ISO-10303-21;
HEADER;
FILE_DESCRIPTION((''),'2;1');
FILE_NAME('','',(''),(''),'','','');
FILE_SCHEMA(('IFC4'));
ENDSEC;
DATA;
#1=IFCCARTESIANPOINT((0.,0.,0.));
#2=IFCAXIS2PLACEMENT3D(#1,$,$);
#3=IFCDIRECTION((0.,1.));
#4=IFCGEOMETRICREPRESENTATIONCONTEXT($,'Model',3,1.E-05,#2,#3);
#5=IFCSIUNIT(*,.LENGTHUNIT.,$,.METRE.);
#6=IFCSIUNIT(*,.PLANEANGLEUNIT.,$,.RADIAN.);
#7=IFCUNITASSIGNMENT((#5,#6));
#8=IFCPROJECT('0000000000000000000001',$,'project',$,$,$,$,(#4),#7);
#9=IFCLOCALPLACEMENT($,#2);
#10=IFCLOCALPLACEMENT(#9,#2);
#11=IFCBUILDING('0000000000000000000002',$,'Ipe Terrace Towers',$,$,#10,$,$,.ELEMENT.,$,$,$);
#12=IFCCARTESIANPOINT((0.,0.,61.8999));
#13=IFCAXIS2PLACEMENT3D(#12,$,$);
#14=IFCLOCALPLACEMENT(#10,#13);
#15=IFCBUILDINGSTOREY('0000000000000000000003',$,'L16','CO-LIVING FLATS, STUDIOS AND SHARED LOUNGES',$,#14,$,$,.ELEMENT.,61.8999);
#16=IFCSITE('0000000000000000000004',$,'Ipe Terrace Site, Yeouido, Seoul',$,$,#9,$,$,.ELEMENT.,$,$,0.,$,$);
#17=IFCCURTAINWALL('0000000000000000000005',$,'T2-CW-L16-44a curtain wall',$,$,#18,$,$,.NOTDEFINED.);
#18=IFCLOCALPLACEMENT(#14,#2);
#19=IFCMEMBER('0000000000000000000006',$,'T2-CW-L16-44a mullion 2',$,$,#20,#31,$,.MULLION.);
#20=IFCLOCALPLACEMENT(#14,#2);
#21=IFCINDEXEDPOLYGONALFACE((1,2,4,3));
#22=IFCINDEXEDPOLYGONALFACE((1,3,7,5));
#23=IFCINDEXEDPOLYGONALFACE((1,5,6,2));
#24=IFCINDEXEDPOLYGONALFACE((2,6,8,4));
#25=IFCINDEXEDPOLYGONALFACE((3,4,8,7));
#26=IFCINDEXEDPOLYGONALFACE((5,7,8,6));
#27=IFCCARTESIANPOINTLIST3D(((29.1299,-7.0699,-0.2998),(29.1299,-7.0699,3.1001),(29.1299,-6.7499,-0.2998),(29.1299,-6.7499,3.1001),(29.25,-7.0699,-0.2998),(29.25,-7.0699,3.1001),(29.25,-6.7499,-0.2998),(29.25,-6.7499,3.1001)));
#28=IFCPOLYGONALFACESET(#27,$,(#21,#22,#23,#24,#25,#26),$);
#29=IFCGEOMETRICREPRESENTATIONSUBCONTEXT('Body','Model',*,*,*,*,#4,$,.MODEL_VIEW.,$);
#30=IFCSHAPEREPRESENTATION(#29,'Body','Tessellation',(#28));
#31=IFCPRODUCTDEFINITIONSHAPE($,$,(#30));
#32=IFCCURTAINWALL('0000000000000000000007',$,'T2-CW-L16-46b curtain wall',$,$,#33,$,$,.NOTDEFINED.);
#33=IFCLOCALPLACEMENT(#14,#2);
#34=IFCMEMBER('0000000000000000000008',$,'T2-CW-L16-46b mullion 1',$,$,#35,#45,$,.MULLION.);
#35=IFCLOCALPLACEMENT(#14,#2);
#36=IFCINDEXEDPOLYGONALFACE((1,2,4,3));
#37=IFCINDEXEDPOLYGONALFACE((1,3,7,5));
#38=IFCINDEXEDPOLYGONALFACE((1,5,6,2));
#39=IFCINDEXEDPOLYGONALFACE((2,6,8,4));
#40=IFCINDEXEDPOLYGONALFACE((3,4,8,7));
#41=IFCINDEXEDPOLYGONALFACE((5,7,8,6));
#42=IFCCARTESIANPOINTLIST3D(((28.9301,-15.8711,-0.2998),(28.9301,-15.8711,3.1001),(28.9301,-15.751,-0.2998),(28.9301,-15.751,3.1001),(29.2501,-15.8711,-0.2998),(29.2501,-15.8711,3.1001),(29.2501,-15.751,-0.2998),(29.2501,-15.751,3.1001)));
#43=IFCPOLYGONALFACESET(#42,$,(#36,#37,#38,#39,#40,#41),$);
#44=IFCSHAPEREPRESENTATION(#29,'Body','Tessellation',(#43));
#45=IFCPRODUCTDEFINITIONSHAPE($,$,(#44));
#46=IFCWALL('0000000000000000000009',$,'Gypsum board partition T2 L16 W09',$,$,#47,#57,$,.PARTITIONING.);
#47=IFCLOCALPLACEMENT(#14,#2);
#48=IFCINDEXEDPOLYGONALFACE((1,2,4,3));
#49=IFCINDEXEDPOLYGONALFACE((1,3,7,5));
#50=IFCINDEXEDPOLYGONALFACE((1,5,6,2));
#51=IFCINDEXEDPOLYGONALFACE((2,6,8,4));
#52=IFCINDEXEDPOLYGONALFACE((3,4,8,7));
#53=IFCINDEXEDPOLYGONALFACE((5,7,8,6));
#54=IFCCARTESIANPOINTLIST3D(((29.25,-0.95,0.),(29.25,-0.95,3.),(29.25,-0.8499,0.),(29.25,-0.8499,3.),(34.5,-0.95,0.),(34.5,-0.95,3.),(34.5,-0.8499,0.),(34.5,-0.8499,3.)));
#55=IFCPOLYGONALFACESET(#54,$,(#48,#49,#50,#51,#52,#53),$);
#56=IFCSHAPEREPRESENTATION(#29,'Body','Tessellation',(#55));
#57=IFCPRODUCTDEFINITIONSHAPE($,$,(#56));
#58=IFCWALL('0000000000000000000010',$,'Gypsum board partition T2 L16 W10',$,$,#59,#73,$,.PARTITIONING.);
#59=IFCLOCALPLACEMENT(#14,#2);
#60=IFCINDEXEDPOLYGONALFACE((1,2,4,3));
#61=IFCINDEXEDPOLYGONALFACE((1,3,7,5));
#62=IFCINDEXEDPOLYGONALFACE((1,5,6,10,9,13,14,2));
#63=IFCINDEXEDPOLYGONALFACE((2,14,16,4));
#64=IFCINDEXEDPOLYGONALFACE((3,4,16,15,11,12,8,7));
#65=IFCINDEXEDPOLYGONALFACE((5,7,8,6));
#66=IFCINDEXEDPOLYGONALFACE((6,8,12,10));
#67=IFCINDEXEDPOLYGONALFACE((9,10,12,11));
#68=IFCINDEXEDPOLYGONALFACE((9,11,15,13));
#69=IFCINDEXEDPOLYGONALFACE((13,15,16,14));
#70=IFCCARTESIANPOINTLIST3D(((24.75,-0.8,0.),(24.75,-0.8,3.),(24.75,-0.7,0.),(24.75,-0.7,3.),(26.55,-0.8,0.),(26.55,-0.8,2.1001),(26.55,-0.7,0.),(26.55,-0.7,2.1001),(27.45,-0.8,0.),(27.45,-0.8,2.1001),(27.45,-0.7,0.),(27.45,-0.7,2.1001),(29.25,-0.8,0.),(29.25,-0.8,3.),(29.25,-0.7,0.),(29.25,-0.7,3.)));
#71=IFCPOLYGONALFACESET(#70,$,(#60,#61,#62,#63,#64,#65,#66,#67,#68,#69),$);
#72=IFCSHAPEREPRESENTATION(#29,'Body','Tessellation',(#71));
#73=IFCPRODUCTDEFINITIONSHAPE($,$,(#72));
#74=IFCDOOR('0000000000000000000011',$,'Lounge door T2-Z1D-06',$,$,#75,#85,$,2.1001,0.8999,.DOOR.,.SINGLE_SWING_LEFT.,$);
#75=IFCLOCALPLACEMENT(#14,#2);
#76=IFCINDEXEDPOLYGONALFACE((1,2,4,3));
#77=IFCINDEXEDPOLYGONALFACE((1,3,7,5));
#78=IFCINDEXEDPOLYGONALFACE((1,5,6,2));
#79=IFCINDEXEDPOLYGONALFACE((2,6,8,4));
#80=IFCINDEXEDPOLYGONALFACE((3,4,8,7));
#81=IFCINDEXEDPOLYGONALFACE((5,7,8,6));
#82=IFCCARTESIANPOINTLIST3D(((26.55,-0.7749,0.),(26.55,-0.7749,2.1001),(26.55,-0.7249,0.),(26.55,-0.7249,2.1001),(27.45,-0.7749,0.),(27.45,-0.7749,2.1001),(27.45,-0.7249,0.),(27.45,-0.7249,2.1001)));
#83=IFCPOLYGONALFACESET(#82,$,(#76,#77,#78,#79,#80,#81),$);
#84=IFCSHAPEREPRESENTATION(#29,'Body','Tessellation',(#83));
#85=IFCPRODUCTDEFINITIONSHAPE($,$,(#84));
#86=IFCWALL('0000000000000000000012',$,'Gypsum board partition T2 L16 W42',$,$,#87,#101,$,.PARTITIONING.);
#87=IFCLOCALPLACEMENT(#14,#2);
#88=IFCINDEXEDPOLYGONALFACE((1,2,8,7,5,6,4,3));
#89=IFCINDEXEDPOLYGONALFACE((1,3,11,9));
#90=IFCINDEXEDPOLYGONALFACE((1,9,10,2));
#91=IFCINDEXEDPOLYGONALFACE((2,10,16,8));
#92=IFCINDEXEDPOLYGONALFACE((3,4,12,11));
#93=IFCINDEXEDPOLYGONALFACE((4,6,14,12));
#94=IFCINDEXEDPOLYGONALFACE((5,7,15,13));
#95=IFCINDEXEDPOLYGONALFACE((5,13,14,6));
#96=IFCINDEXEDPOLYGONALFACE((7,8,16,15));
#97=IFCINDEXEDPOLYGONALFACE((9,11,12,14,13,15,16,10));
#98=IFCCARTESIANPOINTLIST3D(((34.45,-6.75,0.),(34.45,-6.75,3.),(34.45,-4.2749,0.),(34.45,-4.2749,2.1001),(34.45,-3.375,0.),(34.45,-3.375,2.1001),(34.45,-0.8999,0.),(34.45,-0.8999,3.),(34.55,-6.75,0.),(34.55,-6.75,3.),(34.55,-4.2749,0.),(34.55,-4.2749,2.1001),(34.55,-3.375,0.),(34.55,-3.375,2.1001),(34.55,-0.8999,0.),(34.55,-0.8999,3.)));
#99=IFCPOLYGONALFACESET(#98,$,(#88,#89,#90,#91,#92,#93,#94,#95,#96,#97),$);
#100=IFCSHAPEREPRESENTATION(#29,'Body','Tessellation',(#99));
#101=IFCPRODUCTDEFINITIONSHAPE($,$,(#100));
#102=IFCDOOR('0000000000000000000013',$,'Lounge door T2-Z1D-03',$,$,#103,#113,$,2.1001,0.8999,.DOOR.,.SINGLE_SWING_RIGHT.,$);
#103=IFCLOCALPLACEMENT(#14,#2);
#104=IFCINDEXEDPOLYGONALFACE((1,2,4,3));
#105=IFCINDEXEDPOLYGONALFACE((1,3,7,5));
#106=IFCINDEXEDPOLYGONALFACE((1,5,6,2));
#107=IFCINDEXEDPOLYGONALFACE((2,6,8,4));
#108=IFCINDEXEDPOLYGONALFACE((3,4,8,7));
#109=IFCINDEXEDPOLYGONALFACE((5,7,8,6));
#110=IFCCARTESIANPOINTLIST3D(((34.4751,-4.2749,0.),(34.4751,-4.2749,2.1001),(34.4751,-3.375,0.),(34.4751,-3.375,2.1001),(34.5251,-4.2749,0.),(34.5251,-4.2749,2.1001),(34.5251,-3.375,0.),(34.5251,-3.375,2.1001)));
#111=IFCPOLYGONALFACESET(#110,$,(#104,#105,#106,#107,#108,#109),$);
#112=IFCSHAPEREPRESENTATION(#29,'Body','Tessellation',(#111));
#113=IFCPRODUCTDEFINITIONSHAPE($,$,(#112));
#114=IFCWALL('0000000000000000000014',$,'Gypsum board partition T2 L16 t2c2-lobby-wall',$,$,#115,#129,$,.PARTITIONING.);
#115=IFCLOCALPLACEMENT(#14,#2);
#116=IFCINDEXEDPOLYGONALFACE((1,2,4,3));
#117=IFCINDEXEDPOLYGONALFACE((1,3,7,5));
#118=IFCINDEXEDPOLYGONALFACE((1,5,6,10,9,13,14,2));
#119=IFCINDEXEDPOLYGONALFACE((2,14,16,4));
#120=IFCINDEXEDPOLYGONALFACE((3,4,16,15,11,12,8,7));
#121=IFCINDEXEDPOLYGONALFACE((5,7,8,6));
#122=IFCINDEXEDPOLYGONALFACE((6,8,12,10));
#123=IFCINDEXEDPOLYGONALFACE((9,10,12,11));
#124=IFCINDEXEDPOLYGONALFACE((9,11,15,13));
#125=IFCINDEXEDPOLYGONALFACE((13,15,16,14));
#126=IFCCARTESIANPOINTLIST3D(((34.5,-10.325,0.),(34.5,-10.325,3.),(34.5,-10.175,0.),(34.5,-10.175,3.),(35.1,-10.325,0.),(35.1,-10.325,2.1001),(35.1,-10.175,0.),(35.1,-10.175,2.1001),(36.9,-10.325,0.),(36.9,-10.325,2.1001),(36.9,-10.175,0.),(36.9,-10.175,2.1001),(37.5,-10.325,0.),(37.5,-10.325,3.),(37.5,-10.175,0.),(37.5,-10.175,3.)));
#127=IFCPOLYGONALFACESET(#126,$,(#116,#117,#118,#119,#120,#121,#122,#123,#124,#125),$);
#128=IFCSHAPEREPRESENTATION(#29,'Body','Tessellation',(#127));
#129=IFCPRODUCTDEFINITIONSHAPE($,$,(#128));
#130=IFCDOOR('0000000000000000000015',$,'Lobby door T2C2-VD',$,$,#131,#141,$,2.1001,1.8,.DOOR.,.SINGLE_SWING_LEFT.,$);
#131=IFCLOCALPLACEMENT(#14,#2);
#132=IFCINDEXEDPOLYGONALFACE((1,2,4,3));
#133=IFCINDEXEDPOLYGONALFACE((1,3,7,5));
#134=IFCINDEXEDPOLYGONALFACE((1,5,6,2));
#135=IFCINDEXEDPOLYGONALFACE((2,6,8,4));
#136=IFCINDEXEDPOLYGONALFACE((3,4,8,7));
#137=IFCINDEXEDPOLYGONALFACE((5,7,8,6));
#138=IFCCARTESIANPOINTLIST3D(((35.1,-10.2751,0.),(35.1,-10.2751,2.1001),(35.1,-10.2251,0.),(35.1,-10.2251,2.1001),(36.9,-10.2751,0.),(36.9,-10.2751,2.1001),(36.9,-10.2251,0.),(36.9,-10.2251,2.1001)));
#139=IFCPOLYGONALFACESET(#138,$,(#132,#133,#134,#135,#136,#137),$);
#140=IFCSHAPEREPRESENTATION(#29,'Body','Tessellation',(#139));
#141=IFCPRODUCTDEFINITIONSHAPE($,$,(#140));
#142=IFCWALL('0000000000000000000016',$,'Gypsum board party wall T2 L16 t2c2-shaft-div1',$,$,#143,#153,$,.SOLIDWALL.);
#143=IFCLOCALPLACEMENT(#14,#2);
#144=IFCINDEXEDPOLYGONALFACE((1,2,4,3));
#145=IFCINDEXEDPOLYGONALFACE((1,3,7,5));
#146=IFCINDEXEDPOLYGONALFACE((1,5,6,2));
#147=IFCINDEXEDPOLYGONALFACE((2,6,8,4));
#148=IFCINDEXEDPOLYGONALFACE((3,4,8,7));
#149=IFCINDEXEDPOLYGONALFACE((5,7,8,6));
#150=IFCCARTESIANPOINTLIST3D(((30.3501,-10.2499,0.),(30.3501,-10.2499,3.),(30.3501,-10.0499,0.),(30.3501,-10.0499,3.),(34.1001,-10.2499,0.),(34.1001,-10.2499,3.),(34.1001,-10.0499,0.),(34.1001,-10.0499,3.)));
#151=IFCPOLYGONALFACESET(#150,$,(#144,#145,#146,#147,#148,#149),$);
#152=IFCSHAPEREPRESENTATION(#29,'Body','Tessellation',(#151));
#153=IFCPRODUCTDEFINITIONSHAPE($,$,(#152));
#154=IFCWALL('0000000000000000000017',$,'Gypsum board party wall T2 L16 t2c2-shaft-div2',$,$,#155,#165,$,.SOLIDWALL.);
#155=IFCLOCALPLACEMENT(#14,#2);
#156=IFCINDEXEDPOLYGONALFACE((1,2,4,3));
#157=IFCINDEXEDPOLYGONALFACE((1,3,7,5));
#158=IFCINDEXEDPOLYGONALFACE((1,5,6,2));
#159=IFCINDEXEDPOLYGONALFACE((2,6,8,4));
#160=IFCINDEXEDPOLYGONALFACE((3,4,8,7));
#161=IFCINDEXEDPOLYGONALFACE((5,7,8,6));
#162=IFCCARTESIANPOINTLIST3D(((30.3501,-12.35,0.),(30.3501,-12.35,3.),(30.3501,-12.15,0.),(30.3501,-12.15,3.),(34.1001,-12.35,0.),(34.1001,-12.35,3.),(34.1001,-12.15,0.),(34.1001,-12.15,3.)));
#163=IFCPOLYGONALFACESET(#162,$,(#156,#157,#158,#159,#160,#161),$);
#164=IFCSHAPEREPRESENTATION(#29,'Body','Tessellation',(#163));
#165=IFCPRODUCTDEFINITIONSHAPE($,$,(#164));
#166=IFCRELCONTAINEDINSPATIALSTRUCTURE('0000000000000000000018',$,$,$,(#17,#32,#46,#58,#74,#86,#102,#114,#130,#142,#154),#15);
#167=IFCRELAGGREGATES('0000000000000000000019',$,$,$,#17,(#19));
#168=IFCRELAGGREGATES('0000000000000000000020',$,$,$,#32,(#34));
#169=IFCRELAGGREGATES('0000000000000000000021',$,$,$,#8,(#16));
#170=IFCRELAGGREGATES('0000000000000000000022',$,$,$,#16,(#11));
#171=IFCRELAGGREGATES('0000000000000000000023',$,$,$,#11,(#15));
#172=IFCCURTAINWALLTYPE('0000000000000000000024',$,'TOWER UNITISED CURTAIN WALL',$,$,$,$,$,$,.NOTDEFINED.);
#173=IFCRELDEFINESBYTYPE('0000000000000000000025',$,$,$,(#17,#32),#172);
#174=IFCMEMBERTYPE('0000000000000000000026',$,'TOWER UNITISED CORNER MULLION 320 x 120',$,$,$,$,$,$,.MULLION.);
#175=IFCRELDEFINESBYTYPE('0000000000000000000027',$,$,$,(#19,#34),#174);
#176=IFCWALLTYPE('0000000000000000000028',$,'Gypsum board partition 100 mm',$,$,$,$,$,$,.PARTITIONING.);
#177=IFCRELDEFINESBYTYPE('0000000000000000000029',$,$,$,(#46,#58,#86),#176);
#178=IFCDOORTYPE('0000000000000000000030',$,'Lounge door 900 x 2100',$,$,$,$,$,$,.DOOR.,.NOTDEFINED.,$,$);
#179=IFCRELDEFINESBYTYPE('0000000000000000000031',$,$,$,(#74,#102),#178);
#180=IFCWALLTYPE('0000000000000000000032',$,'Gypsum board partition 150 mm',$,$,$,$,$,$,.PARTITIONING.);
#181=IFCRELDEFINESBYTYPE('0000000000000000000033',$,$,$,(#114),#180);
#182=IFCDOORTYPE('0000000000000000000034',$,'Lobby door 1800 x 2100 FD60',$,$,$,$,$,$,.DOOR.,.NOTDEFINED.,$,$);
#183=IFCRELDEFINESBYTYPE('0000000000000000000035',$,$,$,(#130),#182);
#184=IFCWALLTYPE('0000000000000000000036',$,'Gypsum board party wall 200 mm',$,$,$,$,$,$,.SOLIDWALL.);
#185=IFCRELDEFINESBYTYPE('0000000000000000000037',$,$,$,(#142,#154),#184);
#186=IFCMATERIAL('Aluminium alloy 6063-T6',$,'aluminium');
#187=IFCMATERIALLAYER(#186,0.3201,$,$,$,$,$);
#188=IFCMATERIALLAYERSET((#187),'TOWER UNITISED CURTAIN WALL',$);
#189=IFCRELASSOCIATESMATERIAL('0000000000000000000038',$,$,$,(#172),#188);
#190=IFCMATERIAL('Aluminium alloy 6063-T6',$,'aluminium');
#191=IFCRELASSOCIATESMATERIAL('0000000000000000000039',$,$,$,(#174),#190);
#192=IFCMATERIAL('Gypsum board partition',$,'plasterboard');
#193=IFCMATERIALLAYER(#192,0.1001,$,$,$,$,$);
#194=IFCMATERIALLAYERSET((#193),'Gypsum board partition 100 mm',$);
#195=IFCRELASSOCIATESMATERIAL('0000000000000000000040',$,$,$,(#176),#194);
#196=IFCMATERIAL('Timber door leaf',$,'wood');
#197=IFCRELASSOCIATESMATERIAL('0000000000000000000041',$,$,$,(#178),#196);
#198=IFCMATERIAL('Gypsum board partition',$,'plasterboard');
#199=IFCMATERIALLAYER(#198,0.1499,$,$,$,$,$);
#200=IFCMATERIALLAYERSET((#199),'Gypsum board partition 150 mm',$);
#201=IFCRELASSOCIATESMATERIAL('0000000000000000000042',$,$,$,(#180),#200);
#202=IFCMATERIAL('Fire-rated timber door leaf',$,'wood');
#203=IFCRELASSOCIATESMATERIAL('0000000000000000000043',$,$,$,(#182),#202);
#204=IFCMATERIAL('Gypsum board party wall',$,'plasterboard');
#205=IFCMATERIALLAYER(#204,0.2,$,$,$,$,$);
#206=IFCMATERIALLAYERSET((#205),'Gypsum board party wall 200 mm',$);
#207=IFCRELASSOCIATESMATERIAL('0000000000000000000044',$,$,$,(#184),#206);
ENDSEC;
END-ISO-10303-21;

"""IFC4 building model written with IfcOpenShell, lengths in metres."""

from ifc_helpers import new_model, si_unit, direction, frame, frame_2d, origin, origin_2d, place, context, subcontext, project, spatial, rectangle, extrude, material, layer, layer_set, material_profile, profile_set, type_object, element, fill, aggregate, save


model = new_model("IFC4")

# Units and contexts
model_context = context("Model", 3, precision=1e-05, world=origin(), true_north=direction((0.0, 1.0)))
body_context = subcontext(model_context, "Body", "Model", "MODEL_VIEW")
ifc_project = project(units=[si_unit("LENGTHUNIT", "METRE"), si_unit("PLANEANGLEUNIT", "RADIAN")], contexts=[model_context])

# Site, building, storey
site_placement = place(None, origin())
site = spatial("IfcSite", under=ifc_project, at=site_placement, Name="Ipe Terrace Site, Yeouido, Seoul", CompositionType="ELEMENT", RefElevation=0.0)
building_placement = place(site_placement, origin())
building = spatial("IfcBuilding", under=site, at=building_placement, Name="Ipe Terrace Towers", CompositionType="ELEMENT")
storey_placement = place(building_placement, frame((0.0, 0.0, 61.8999)))
storey = spatial("IfcBuildingStorey", under=building, at=storey_placement, Name="L16", Description="CO-LIVING FLATS, STUDIOS AND SHARED LOUNGES", CompositionType="ELEMENT", Elevation=61.8999)

# Curtain walls, members
ifc_material_1 = material(Name="Aluminium alloy 6063-T6", Category="aluminium")
ifc_layer_1 = layer(ifc_material_1, 0.3201)
ifc_layer_set_1 = layer_set([ifc_layer_1], Name="TOWER UNITISED CURTAIN WALL")
curtain_wall_type = type_object("IfcCurtainWallType", Name="TOWER UNITISED CURTAIN WALL", PredefinedType="NOTDEFINED", material=ifc_layer_set_1)
curtain_wall_1_placement = place(storey_placement, origin())
curtain_wall_1 = element("IfcCurtainWall", 1, at=curtain_wall_1_placement, inside=storey, type_object=curtain_wall_type, Name="T2-CW-L16-44a curtain wall", PredefinedType="NOTDEFINED")
ifc_material_2 = material(Name="Aluminium alloy 6063-T6", Category="aluminium")
ifc_material_profile_1 = material_profile(ifc_material_2, rectangle(XDim=0.3201, YDim=0.1201, at=origin_2d()), Name="TOWER UNITISED CORNER MULLION 320 x 120")
ifc_profile_set_1 = profile_set([ifc_material_profile_1], Name="Aluminium alloy 6063-T6")
member_type = type_object("IfcMemberType", Name="TOWER UNITISED CORNER MULLION 320 x 120", PredefinedType="MULLION", material=ifc_profile_set_1)
member_1_placement = place(storey_placement, frame((29.1899, -6.9099, -0.2998), z_axis=(0.0, 0.0, 1.0), x_axis=(0.0, -1.0, 0.0)))
member_1 = element("IfcMember", 2, at=member_1_placement, type_object=member_type, Name="T2-CW-L16-44a mullion 2", PredefinedType="MULLION", context=body_context, shape_type="SweptSolid", body=[
    extrude(rectangle(XDim=0.3201, YDim=0.1201, at=origin_2d()), origin(), (0.0, 0.0, 1.0), 3.3999),
])
aggregate(curtain_wall_1, [member_1])
curtain_wall_2_placement = place(storey_placement, origin())
curtain_wall_2 = element("IfcCurtainWall", 3, at=curtain_wall_2_placement, inside=storey, type_object=curtain_wall_type, Name="T2-CW-L16-46b curtain wall", PredefinedType="NOTDEFINED")
member_2_placement = place(storey_placement, frame((29.0901, -15.811, -0.2998), z_axis=(0.0, 0.0, 1.0), x_axis=(-1.0, 0.0, 0.0)))
member_2 = element("IfcMember", 4, at=member_2_placement, type_object=member_type, Name="T2-CW-L16-46b mullion 1", PredefinedType="MULLION", context=body_context, shape_type="SweptSolid", body=[
    extrude(rectangle(XDim=0.3201, YDim=0.1201, at=origin_2d()), origin(), (0.0, 0.0, 1.0), 3.3999),
])
aggregate(curtain_wall_2, [member_2])

# Wall
ifc_material_3 = material(Name="Gypsum board partition", Category="plasterboard")
ifc_layer_2 = layer(ifc_material_3, 0.1001)
ifc_layer_set_2 = layer_set([ifc_layer_2], Name="Gypsum board partition 100 mm")
wall_type_1 = type_object("IfcWallType", Name="Gypsum board partition 100 mm", PredefinedType="PARTITIONING", material=ifc_layer_set_2)
wall_1_placement = place(storey_placement, frame((34.5, -0.8999, 0.0), z_axis=(0.0, 0.0, 1.0), x_axis=(-1.0, 0.0, 0.0)))
element("IfcWall", 5, at=wall_1_placement, inside=storey, type_object=wall_type_1, Name="Gypsum board partition T2 L16 W09", PredefinedType="PARTITIONING", context=body_context, shape_type="SweptSolid", body=[
    extrude(rectangle(XDim=5.25, YDim=0.1001, at=frame_2d((2.625, 0.0))), origin(), (0.0, 0.0, 1.0), 3.0),
])

# Walls, openings, doors
wall_2_placement = place(storey_placement, frame((29.25, -0.75, 0.0), z_axis=(0.0, 0.0, 1.0), x_axis=(-1.0, 0.0, 0.0)))
wall_2 = element("IfcWall", 6, at=wall_2_placement, inside=storey, type_object=wall_type_1, Name="Gypsum board partition T2 L16 W10", PredefinedType="PARTITIONING", context=body_context, shape_type="SweptSolid", body=[
    extrude(rectangle(XDim=4.5, YDim=0.1001, at=frame_2d((2.25, 0.0))), origin(), (0.0, 0.0, 1.0), 3.0),
])
opening_1_placement = place(wall_2_placement, frame((1.8, 0.0, 0.0)))
opening_1 = element("IfcOpeningElement", 7, at=opening_1_placement, cuts=wall_2, PredefinedType="OPENING", context=body_context, shape_type="SweptSolid", body=[
    extrude(rectangle(XDim=0.8999, YDim=2.1001, at=frame_2d((0.45, 1.05))), frame((0.0, 0.0601, 0.0), z_axis=(0.0, -1.0, 0.0), x_axis=(1.0, 0.0, 0.0)), (0.0, 0.0, 1.0), 0.1201),
])
ifc_material_4 = material(Name="Timber door leaf", Category="wood")
door_type_1 = type_object("IfcDoorType", Name="Lounge door 900 x 2100", OperationType="NOTDEFINED", PredefinedType="DOOR", material=ifc_material_4)
door_1_placement = place(opening_1_placement, origin())
door_1 = element("IfcDoor", 8, at=door_1_placement, inside=storey, type_object=door_type_1, Name="Lounge door T2-Z1D-06", OperationType="SINGLE_SWING_LEFT", OverallHeight=2.1001, OverallWidth=0.8999, PredefinedType="DOOR", context=body_context, shape_type="SweptSolid", body=[
    extrude(rectangle(XDim=0.8999, YDim=2.1001, at=frame_2d((0.45, 1.05))), frame((0.0, 0.0249, 0.0), z_axis=(0.0, -1.0, 0.0), x_axis=(1.0, 0.0, 0.0)), (0.0, 0.0, 1.0), 0.05),
])
fill(opening_1, door_1)
wall_3_placement = place(storey_placement, frame((34.5, -6.75, 0.0), z_axis=(0.0, 0.0, 1.0), x_axis=(0.0, 1.0, 0.0)))
wall_3 = element("IfcWall", 9, at=wall_3_placement, inside=storey, type_object=wall_type_1, Name="Gypsum board partition T2 L16 W42", PredefinedType="PARTITIONING", context=body_context, shape_type="SweptSolid", body=[
    extrude(rectangle(XDim=5.8501, YDim=0.1001, at=frame_2d((2.925, 0.0))), origin(), (0.0, 0.0, 1.0), 3.0),
])
opening_2_placement = place(wall_3_placement, frame((2.4751, 0.0, 0.0)))
opening_2 = element("IfcOpeningElement", 10, at=opening_2_placement, cuts=wall_3, PredefinedType="OPENING", context=body_context, shape_type="SweptSolid", body=[
    extrude(rectangle(XDim=0.8999, YDim=2.1001, at=frame_2d((0.45, 1.05))), frame((0.0, 0.0601, 0.0), z_axis=(0.0, -1.0, 0.0), x_axis=(1.0, 0.0, 0.0)), (0.0, 0.0, 1.0), 0.1201),
])
door_2_placement = place(opening_2_placement, origin())
door_2 = element("IfcDoor", 11, at=door_2_placement, inside=storey, type_object=door_type_1, Name="Lounge door T2-Z1D-03", OperationType="SINGLE_SWING_RIGHT", OverallHeight=2.1001, OverallWidth=0.8999, PredefinedType="DOOR", context=body_context, shape_type="SweptSolid", body=[
    extrude(rectangle(XDim=0.8999, YDim=2.1001, at=frame_2d((0.45, 1.05))), frame((0.0, 0.0249, 0.0), z_axis=(0.0, -1.0, 0.0), x_axis=(1.0, 0.0, 0.0)), (0.0, 0.0, 1.0), 0.05),
])
fill(opening_2, door_2)
ifc_material_5 = material(Name="Gypsum board partition", Category="plasterboard")
ifc_layer_3 = layer(ifc_material_5, 0.1499)
ifc_layer_set_3 = layer_set([ifc_layer_3], Name="Gypsum board partition 150 mm")
wall_type_2 = type_object("IfcWallType", Name="Gypsum board partition 150 mm", PredefinedType="PARTITIONING", material=ifc_layer_set_3)
wall_4_placement = place(storey_placement, frame((34.5, -10.25, 0.0), z_axis=(0.0, 0.0, 1.0), x_axis=(1.0, 0.0, 0.0)))
wall_4 = element("IfcWall", 12, at=wall_4_placement, inside=storey, type_object=wall_type_2, Name="Gypsum board partition T2 L16 t2c2-lobby-wall", PredefinedType="PARTITIONING", context=body_context, shape_type="SweptSolid", body=[
    extrude(rectangle(XDim=3.0, YDim=0.1499, at=frame_2d((1.5, 0.0))), origin(), (0.0, 0.0, 1.0), 3.0),
])
opening_3_placement = place(wall_4_placement, frame((0.6001, 0.0, 0.0)))
opening_3 = element("IfcOpeningElement", 13, at=opening_3_placement, cuts=wall_4, PredefinedType="OPENING", context=body_context, shape_type="SweptSolid", body=[
    extrude(rectangle(XDim=1.8, YDim=2.1001, at=frame_2d((0.8999, 1.05))), frame((0.0, 0.085, 0.0), z_axis=(0.0, -1.0, 0.0), x_axis=(1.0, 0.0, 0.0)), (0.0, 0.0, 1.0), 0.1699),
])
ifc_material_6 = material(Name="Fire-rated timber door leaf", Category="wood")
door_type_2 = type_object("IfcDoorType", Name="Lobby door 1800 x 2100 FD60", OperationType="NOTDEFINED", PredefinedType="DOOR", material=ifc_material_6)
door_3_placement = place(opening_3_placement, origin())
door_3 = element("IfcDoor", 14, at=door_3_placement, inside=storey, type_object=door_type_2, Name="Lobby door T2C2-VD", OperationType="SINGLE_SWING_LEFT", OverallHeight=2.1001, OverallWidth=1.8, PredefinedType="DOOR", context=body_context, shape_type="SweptSolid", body=[
    extrude(rectangle(XDim=1.8, YDim=2.1001, at=frame_2d((0.8999, 1.05))), frame((0.0, 0.0249, 0.0), z_axis=(0.0, -1.0, 0.0), x_axis=(1.0, 0.0, 0.0)), (0.0, 0.0, 1.0), 0.05),
])
fill(opening_3, door_3)

# Walls
ifc_material_7 = material(Name="Gypsum board party wall", Category="plasterboard")
ifc_layer_4 = layer(ifc_material_7, 0.2)
ifc_layer_set_4 = layer_set([ifc_layer_4], Name="Gypsum board party wall 200 mm")
wall_type_3 = type_object("IfcWallType", Name="Gypsum board party wall 200 mm", PredefinedType="SOLIDWALL", material=ifc_layer_set_4)
for number, where, z_axis, x_axis, name in (
    (15, (30.3501, -10.1499, 0.0), (0.0, 0.0, 1.0), (1.0, 0.0, 0.0), "Gypsum board party wall T2 L16 t2c2-shaft-div1"),
    (16, (30.3501, -12.25, 0.0), (0.0, 0.0, 1.0), (1.0, 0.0, 0.0), "Gypsum board party wall T2 L16 t2c2-shaft-div2"),
):
    element("IfcWall", number, at=place(storey_placement, frame(where, z_axis=z_axis, x_axis=x_axis)), inside=storey, type_object=wall_type_3, Name=name, PredefinedType="SOLIDWALL", context=body_context, shape_type="SweptSolid", body=[
        extrude(rectangle(XDim=3.75, YDim=0.2, at=frame_2d((1.875, 0.0))), origin(), (0.0, 0.0, 1.0), 3.0),
    ])

save(model, "model.ifc")
